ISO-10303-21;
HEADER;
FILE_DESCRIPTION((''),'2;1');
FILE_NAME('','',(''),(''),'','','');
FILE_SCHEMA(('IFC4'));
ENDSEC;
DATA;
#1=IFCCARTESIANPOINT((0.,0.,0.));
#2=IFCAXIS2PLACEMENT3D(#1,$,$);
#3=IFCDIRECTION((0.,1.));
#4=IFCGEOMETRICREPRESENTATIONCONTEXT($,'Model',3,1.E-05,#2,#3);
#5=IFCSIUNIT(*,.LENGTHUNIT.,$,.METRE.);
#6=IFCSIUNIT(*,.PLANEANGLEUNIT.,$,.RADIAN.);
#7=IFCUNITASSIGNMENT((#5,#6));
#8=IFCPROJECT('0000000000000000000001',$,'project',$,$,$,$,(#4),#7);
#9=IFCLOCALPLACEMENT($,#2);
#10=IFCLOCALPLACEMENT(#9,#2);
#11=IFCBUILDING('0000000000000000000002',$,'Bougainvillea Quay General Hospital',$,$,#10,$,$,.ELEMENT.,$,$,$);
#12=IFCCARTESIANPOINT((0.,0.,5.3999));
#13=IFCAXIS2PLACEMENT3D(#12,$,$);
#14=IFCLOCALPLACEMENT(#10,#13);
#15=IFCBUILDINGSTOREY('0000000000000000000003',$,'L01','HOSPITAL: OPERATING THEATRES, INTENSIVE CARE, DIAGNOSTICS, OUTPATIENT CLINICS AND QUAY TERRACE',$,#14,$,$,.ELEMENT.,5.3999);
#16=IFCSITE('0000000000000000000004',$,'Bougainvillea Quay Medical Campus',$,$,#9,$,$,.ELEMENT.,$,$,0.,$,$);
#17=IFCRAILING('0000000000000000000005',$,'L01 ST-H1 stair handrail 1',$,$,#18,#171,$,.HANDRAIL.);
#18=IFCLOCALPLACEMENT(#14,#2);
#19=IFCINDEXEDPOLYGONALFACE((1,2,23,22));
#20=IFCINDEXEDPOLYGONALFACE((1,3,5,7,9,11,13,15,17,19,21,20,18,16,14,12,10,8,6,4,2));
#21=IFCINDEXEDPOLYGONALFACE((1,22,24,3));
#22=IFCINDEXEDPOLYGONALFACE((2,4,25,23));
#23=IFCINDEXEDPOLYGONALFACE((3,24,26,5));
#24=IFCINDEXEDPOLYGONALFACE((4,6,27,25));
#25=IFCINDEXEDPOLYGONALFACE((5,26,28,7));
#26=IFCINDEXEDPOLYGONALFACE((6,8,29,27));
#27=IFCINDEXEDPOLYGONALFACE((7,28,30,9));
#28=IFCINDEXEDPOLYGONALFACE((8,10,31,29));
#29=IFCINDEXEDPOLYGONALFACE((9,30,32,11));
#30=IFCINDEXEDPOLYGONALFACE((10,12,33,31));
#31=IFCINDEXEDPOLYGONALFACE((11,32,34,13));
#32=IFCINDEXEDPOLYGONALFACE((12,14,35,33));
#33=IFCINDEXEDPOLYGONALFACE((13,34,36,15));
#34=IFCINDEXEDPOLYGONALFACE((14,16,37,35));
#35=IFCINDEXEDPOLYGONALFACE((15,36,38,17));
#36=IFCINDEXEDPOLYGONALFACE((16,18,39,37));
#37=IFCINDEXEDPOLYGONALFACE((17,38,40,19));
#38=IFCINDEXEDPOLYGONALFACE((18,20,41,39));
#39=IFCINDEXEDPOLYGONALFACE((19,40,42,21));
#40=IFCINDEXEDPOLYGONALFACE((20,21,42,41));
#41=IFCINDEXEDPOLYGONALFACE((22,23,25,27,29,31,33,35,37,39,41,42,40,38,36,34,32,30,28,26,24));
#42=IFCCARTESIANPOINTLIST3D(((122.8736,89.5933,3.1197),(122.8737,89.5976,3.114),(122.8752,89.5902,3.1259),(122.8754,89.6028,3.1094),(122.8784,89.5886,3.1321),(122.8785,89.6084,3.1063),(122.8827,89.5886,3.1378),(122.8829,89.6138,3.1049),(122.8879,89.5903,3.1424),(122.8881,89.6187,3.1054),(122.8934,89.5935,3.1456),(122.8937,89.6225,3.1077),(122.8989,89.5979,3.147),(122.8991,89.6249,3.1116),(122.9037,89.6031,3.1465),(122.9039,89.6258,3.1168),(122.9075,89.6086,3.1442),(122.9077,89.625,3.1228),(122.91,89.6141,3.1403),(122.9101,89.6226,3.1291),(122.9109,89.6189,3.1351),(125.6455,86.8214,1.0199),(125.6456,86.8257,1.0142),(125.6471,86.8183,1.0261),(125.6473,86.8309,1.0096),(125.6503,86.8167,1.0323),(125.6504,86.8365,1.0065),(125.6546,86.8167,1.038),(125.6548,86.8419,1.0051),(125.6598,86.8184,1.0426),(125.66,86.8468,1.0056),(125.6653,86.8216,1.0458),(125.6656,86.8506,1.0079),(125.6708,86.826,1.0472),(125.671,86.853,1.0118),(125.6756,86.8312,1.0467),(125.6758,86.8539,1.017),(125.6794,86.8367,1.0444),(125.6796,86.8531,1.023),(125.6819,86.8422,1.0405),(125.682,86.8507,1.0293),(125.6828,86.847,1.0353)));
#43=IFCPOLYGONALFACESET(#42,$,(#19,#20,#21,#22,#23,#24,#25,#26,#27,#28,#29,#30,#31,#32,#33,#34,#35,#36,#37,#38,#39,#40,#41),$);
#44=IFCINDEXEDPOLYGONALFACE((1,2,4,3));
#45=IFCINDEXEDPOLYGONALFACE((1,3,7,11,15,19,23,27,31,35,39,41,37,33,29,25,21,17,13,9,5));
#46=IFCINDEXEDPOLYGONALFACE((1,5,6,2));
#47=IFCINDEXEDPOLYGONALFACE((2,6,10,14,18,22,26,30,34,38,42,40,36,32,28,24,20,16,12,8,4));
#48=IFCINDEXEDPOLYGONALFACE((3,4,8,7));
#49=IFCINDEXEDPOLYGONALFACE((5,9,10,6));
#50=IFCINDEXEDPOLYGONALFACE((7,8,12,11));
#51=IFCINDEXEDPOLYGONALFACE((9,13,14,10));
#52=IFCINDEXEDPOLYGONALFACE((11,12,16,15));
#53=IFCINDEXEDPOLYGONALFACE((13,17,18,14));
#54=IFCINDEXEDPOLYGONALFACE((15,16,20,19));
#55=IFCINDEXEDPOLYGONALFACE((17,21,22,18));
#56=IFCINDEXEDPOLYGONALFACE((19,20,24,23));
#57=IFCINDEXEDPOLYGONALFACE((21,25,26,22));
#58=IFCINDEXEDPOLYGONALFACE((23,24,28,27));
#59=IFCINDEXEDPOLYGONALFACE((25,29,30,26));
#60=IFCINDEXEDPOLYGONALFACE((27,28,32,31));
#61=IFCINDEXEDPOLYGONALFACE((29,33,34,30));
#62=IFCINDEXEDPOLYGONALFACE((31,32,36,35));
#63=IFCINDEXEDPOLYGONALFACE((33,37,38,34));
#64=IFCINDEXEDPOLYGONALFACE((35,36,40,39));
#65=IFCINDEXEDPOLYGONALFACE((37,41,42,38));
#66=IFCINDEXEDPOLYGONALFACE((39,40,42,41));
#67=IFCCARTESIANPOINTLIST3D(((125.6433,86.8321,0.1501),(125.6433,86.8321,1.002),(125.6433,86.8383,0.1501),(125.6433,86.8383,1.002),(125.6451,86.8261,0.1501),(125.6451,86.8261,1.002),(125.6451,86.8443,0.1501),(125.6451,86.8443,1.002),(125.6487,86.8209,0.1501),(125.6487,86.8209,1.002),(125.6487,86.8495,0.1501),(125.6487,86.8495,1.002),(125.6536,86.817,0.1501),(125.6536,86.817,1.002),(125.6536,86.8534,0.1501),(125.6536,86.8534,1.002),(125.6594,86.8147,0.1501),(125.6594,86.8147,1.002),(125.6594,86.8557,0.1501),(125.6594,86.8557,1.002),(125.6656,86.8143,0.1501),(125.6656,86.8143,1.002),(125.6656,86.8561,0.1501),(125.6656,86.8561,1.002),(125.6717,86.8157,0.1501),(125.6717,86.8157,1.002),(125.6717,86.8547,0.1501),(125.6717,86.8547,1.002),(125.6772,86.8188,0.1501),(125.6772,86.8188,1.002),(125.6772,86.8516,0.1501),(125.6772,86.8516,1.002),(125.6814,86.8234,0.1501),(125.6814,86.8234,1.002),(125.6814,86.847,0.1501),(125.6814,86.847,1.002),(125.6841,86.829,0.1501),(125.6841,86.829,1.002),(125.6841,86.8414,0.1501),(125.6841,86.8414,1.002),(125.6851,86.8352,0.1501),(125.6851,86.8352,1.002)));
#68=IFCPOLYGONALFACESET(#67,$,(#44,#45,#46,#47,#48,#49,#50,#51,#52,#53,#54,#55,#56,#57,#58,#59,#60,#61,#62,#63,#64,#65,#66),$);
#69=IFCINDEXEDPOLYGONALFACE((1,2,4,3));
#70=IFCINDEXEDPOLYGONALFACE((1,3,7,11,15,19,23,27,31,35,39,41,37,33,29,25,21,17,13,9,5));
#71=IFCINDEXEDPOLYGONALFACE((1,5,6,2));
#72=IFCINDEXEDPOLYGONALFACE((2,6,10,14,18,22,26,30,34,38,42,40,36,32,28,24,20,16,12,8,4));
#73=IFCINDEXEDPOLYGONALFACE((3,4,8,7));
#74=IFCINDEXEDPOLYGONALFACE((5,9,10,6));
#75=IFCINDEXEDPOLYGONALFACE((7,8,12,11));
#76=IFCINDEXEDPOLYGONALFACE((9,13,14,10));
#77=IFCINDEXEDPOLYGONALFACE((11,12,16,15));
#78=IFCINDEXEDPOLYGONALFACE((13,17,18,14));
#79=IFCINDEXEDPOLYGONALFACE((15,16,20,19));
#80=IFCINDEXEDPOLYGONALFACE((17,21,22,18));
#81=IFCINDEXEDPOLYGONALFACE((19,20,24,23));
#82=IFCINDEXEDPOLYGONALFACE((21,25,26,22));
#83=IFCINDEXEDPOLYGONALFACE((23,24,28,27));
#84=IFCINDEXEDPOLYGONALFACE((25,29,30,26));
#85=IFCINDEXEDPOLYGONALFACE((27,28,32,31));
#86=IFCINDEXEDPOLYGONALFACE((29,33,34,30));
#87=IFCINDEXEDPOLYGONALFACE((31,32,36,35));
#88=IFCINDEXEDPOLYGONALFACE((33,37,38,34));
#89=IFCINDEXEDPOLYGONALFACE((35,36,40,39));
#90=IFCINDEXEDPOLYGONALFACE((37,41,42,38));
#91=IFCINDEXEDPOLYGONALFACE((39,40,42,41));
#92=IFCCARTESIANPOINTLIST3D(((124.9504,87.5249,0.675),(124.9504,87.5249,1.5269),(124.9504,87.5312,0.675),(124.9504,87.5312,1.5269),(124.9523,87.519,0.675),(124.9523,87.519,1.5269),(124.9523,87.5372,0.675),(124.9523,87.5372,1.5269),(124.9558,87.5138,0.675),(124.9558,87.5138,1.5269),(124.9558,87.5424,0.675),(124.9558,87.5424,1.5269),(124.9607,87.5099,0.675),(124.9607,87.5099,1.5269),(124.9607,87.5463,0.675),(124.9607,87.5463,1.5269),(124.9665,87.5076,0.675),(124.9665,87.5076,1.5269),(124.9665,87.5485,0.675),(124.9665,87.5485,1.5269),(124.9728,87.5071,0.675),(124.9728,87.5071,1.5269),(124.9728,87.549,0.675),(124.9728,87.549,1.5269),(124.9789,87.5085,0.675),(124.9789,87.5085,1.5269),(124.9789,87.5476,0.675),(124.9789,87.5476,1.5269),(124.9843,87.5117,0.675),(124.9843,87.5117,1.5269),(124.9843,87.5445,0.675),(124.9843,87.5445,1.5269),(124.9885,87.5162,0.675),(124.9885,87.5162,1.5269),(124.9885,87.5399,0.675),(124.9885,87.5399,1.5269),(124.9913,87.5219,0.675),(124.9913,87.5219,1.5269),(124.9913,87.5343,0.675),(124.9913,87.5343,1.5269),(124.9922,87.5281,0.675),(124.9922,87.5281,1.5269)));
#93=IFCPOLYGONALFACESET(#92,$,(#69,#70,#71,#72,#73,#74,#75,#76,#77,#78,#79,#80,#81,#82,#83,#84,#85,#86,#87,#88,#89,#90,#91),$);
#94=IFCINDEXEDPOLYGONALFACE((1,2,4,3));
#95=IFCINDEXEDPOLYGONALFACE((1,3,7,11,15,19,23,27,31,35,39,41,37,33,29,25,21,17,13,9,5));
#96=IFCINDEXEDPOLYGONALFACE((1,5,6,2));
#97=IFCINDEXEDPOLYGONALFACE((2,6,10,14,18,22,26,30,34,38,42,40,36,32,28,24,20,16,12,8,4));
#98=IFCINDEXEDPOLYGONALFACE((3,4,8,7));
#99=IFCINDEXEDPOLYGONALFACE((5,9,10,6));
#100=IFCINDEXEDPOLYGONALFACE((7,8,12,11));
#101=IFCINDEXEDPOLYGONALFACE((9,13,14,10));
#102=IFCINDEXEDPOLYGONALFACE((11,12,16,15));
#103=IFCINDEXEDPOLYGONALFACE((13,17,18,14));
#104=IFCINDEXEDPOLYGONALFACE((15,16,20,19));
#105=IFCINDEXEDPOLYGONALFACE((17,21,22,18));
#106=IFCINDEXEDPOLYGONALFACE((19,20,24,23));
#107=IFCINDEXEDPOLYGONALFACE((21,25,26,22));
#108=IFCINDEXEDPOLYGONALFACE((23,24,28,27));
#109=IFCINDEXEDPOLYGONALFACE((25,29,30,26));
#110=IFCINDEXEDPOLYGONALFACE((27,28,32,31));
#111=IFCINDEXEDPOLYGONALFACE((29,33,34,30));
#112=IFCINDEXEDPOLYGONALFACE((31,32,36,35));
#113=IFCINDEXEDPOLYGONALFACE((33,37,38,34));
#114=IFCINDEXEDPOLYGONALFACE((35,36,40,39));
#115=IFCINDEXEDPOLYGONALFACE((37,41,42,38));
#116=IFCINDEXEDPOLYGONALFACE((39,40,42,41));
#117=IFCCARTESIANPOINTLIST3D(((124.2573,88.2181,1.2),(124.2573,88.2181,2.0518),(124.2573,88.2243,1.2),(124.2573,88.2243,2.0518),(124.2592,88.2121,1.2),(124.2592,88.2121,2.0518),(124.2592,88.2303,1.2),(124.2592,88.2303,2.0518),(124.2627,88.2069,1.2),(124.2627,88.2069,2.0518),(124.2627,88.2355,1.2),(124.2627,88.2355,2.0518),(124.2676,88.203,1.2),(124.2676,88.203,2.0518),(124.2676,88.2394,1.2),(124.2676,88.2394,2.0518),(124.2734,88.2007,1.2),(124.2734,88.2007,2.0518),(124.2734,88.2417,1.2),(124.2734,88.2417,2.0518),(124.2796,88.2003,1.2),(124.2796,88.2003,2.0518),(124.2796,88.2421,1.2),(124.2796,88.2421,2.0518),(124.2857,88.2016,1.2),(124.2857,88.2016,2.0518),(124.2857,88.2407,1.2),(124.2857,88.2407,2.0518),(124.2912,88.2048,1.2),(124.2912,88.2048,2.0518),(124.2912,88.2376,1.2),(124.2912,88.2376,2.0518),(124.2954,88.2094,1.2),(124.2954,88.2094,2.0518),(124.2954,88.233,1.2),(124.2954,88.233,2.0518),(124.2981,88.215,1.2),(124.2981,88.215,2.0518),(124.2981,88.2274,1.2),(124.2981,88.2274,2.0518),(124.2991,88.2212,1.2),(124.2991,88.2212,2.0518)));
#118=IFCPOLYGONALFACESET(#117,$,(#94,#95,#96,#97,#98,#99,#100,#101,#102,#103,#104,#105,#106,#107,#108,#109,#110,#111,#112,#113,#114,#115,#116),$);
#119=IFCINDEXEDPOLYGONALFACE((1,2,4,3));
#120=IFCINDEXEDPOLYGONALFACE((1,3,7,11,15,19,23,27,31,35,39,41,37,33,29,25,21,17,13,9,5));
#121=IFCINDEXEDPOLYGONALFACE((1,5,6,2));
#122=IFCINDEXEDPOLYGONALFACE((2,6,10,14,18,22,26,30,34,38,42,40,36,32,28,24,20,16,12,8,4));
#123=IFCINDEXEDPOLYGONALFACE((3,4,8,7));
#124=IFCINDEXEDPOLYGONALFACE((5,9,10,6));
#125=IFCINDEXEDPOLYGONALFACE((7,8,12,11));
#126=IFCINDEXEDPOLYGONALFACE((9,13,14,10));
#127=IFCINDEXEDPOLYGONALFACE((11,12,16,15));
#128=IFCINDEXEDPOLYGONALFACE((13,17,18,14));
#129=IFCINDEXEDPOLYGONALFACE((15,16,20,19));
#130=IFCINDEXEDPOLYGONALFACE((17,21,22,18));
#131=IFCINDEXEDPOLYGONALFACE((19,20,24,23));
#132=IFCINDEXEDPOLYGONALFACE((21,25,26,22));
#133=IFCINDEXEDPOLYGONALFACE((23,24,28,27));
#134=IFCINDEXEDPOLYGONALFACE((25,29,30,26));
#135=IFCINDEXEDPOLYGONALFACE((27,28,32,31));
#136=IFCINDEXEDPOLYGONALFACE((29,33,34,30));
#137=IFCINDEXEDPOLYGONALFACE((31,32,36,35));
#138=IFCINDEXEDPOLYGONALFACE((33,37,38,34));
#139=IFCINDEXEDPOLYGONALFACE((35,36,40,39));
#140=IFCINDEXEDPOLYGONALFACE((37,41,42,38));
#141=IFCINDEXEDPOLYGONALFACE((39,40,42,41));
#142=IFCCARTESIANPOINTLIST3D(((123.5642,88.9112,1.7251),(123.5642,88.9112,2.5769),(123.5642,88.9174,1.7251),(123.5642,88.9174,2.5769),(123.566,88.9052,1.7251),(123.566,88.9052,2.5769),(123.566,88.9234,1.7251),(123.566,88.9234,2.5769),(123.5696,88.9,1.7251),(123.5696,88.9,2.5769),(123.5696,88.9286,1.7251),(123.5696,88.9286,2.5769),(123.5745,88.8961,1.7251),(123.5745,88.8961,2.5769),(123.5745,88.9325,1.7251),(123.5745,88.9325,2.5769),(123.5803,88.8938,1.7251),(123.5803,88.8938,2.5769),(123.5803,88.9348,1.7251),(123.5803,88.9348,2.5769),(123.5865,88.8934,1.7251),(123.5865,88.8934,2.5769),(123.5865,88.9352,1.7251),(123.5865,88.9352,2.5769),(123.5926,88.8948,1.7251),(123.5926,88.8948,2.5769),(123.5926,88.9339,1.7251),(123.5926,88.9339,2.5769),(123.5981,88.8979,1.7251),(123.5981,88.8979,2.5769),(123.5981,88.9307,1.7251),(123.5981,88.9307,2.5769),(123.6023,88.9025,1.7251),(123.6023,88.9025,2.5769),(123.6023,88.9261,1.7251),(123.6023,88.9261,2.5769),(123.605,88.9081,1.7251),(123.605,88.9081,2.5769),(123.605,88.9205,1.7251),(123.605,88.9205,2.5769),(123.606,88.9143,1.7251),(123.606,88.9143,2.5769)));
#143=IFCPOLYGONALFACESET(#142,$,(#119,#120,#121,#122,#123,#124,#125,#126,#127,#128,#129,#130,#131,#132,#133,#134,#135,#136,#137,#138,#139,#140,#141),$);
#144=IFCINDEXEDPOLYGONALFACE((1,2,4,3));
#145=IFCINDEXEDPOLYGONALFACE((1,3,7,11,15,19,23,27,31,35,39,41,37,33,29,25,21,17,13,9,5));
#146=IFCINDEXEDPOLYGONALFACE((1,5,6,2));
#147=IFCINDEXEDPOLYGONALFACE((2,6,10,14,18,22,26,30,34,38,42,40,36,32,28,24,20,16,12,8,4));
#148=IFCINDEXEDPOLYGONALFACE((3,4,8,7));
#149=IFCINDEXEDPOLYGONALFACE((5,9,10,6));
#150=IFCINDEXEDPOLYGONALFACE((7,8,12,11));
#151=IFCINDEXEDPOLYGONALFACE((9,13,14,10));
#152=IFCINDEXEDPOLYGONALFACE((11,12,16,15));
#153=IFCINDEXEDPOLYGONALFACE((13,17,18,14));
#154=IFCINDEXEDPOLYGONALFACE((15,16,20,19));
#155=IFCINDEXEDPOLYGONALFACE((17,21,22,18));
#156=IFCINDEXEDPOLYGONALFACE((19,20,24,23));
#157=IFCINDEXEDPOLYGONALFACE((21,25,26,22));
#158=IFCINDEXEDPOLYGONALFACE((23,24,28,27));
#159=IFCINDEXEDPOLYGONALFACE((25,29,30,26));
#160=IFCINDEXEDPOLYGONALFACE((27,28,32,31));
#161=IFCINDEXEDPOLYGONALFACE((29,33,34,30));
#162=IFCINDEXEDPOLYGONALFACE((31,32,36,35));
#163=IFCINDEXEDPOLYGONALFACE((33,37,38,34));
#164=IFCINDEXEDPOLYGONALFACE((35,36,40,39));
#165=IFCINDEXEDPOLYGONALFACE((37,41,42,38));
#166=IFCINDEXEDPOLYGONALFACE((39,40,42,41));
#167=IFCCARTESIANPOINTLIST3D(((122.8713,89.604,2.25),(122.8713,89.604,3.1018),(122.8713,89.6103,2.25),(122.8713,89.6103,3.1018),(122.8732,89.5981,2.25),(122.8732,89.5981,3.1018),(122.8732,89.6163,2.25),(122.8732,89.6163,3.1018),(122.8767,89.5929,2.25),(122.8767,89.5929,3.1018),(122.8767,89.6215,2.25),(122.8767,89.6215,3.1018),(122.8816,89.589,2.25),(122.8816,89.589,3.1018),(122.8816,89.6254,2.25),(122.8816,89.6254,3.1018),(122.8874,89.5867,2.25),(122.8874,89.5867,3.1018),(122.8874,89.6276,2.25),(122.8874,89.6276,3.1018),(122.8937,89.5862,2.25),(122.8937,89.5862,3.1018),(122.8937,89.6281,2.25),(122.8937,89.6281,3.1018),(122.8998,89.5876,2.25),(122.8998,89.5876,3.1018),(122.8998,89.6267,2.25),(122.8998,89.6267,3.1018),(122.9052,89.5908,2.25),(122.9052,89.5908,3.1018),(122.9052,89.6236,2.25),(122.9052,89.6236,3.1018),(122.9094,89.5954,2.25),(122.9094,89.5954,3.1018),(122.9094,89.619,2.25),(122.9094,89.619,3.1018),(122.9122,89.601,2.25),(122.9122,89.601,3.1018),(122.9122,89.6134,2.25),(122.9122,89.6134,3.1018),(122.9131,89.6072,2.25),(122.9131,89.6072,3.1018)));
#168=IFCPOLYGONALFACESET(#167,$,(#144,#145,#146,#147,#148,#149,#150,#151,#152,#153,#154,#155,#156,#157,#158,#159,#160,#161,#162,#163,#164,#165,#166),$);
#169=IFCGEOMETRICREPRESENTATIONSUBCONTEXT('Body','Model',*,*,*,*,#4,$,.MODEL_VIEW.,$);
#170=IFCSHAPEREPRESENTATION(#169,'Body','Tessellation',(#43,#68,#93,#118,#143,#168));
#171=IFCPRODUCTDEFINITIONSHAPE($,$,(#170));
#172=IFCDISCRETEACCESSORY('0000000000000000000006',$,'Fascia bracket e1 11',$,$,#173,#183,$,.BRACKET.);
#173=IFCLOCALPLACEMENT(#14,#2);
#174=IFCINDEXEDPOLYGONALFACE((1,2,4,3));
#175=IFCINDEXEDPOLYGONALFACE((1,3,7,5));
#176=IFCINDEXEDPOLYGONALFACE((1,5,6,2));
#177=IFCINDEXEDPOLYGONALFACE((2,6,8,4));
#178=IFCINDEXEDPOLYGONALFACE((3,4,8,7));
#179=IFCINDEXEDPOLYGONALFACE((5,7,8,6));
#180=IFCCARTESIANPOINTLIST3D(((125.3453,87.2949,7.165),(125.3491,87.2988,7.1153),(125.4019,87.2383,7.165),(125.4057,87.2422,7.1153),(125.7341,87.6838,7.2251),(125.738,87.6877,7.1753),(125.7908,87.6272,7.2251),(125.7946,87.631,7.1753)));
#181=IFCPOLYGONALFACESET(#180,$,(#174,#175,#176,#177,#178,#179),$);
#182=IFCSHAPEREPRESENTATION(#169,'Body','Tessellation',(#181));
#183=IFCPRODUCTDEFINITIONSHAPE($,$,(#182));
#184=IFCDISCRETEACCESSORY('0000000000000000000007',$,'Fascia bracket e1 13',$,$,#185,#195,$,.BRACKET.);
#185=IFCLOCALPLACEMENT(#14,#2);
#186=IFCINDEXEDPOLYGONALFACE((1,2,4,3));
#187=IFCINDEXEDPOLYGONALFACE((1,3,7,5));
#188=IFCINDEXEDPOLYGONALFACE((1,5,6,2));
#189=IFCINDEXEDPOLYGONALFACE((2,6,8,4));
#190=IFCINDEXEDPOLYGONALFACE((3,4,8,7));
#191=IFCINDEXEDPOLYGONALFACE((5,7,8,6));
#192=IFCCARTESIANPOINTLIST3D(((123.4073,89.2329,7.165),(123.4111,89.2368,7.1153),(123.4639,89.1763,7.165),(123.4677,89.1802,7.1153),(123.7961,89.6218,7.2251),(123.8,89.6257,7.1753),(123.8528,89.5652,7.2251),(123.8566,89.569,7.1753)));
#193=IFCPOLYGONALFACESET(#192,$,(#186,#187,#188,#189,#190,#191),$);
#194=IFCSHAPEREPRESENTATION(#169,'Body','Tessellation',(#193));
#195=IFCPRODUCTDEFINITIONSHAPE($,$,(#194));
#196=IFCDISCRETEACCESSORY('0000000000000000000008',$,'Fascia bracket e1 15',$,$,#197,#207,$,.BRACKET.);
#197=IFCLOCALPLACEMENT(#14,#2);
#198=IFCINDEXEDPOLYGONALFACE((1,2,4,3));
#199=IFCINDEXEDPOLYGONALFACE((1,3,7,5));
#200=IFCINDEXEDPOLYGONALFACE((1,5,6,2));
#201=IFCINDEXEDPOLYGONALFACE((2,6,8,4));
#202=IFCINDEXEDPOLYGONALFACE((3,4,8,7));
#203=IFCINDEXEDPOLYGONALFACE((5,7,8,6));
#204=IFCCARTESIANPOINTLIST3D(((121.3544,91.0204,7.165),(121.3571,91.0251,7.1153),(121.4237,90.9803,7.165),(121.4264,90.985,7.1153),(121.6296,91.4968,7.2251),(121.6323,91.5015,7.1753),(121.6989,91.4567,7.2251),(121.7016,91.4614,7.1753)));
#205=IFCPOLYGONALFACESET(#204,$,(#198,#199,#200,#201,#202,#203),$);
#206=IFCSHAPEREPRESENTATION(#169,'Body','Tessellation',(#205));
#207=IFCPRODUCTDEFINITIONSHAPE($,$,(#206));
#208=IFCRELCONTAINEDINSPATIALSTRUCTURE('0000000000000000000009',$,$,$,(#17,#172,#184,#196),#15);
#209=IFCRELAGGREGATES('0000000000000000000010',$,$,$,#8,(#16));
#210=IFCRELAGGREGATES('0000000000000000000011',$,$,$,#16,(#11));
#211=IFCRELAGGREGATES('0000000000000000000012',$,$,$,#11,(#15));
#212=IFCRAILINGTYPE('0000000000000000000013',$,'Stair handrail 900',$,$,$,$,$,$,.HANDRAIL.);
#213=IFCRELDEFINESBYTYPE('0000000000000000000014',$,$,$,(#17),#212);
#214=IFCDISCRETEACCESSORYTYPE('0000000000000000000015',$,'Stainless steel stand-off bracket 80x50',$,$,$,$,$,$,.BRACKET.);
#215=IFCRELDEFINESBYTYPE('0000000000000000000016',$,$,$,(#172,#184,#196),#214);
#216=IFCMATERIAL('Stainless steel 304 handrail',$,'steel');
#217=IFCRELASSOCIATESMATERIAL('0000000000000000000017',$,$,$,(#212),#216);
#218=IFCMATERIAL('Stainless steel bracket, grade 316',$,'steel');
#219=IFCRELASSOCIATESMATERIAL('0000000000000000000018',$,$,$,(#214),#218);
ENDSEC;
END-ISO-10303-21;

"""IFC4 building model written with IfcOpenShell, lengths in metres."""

from ifc_helpers import new_model, si_unit, direction, frame, origin, origin_2d, place, context, subcontext, project, spatial, rectangle, circle, extrude, material, material_profile, profile_set, type_object, element, save


model = new_model("IFC4")

# Units and contexts
model_context = context("Model", 3, precision=1e-05, world=origin(), true_north=direction((0.0, 1.0)))
body_context = subcontext(model_context, "Body", "Model", "MODEL_VIEW")
ifc_project = project(units=[si_unit("LENGTHUNIT", "METRE"), si_unit("PLANEANGLEUNIT", "RADIAN")], contexts=[model_context])

# Site, building, storey
site_placement = place(None, origin())
site = spatial("IfcSite", under=ifc_project, at=site_placement, Name="Bougainvillea Quay Medical Campus", CompositionType="ELEMENT", RefElevation=0.0)
building_placement = place(site_placement, origin())
building = spatial("IfcBuilding", under=site, at=building_placement, Name="Bougainvillea Quay General Hospital", CompositionType="ELEMENT")
storey_placement = place(building_placement, frame((0.0, 0.0, 5.3999)))
storey = spatial("IfcBuildingStorey", under=building, at=storey_placement, Name="L01", Description="HOSPITAL: OPERATING THEATRES, INTENSIVE CARE, DIAGNOSTICS, OUTPATIENT CLINICS AND QUAY TERRACE", CompositionType="ELEMENT", Elevation=5.3999)

# Railing
ifc_material_1 = material(Name="Stainless steel 304 handrail", Category="steel")
railing_type_1 = type_object("IfcRailingType", Name="Stair handrail 900", PredefinedType="HANDRAIL", material=ifc_material_1)
railing_1_placement = place(storey_placement, frame((125.6641, 86.8352, 0.1501)))
element("IfcRailing", 1, at=railing_1_placement, inside=storey, type_object=railing_type_1, Name="L01 ST-H1 stair handrail 1", PredefinedType="HANDRAIL", context=body_context, shape_type="SweptSolid", body=[
    extrude(circle(Radius=0.0239, at=origin_2d()), frame((0.0, 0.0, 0.876), z_axis=(-0.623316, 0.623316, 0.472181), x_axis=(-0.707107, -0.707107, 0.0)), (0.0, 0.0, 1.0), 4.447),
    extrude(circle(Radius=0.021, at=origin_2d()), origin(), (0.0, 0.0, 1.0), 0.8518),
    extrude(circle(Radius=0.021, at=origin_2d()), frame((-0.6929, 0.6929, 0.5249)), (0.0, 0.0, 1.0), 0.8518),
    extrude(circle(Radius=0.021, at=origin_2d()), frame((-1.386, 1.386, 1.0498)), (0.0, 0.0, 1.0), 0.8518),
    extrude(circle(Radius=0.021, at=origin_2d()), frame((-2.0791, 2.0791, 1.575)), (0.0, 0.0, 1.0), 0.8518),
    extrude(circle(Radius=0.021, at=origin_2d()), frame((-2.772, 2.772, 2.0999)), (0.0, 0.0, 1.0), 0.8518),
])

# Discrete accessories
ifc_material_2 = material(Name="Stainless steel bracket, grade 316", Category="steel")
ifc_material_profile_1 = material_profile(ifc_material_2, rectangle(XDim=0.0801, YDim=0.05, at=origin_2d()))
ifc_profile_set_1 = profile_set([ifc_material_profile_1], Name="Stainless steel bracket, grade 316")
discrete_accessory_type = type_object("IfcDiscreteAccessoryType", Name="Stainless steel stand-off bracket 80x50", PredefinedType="BRACKET", material=ifc_profile_set_1)
for number, where, z_axis, x_axis, name in (
    (2, (125.3755, 87.2686, 7.1401), (0.702928, 0.702928, 0.10855), (-0.707107, 0.707107, 0.0), "Fascia bracket e1 11"),
    (3, (123.4375, 89.2065, 7.1401), (0.702928, 0.702928, 0.10855), (-0.707107, 0.707107, 0.0), "Fascia bracket e1 13"),
):
    element("IfcDiscreteAccessory", number, at=place(storey_placement, frame(where, z_axis=z_axis, x_axis=x_axis)), inside=storey, type_object=discrete_accessory_type, Name=name, PredefinedType="BRACKET", context=body_context, shape_type="SweptSolid", body=[
        extrude(rectangle(XDim=0.0801, YDim=0.05, at=origin_2d()), origin(), (0.0, 0.0, 1.0), 0.5532),
    ])
discrete_accessory_placement = place(storey_placement, frame((121.3904, 91.0027, 7.1401), z_axis=(0.497241, 0.860797, 0.108537), x_axis=(-0.865912, 0.500196, 0.0)))
element("IfcDiscreteAccessory", 4, at=discrete_accessory_placement, inside=storey, type_object=discrete_accessory_type, Name="Fascia bracket e1 15", PredefinedType="BRACKET", context=body_context, shape_type="SweptSolid", body=[
    extrude(rectangle(XDim=0.0801, YDim=0.05, at=origin_2d()), origin(), (0.0, 0.0, 1.0), 0.5535),
])

save(model, "model.ifc")
